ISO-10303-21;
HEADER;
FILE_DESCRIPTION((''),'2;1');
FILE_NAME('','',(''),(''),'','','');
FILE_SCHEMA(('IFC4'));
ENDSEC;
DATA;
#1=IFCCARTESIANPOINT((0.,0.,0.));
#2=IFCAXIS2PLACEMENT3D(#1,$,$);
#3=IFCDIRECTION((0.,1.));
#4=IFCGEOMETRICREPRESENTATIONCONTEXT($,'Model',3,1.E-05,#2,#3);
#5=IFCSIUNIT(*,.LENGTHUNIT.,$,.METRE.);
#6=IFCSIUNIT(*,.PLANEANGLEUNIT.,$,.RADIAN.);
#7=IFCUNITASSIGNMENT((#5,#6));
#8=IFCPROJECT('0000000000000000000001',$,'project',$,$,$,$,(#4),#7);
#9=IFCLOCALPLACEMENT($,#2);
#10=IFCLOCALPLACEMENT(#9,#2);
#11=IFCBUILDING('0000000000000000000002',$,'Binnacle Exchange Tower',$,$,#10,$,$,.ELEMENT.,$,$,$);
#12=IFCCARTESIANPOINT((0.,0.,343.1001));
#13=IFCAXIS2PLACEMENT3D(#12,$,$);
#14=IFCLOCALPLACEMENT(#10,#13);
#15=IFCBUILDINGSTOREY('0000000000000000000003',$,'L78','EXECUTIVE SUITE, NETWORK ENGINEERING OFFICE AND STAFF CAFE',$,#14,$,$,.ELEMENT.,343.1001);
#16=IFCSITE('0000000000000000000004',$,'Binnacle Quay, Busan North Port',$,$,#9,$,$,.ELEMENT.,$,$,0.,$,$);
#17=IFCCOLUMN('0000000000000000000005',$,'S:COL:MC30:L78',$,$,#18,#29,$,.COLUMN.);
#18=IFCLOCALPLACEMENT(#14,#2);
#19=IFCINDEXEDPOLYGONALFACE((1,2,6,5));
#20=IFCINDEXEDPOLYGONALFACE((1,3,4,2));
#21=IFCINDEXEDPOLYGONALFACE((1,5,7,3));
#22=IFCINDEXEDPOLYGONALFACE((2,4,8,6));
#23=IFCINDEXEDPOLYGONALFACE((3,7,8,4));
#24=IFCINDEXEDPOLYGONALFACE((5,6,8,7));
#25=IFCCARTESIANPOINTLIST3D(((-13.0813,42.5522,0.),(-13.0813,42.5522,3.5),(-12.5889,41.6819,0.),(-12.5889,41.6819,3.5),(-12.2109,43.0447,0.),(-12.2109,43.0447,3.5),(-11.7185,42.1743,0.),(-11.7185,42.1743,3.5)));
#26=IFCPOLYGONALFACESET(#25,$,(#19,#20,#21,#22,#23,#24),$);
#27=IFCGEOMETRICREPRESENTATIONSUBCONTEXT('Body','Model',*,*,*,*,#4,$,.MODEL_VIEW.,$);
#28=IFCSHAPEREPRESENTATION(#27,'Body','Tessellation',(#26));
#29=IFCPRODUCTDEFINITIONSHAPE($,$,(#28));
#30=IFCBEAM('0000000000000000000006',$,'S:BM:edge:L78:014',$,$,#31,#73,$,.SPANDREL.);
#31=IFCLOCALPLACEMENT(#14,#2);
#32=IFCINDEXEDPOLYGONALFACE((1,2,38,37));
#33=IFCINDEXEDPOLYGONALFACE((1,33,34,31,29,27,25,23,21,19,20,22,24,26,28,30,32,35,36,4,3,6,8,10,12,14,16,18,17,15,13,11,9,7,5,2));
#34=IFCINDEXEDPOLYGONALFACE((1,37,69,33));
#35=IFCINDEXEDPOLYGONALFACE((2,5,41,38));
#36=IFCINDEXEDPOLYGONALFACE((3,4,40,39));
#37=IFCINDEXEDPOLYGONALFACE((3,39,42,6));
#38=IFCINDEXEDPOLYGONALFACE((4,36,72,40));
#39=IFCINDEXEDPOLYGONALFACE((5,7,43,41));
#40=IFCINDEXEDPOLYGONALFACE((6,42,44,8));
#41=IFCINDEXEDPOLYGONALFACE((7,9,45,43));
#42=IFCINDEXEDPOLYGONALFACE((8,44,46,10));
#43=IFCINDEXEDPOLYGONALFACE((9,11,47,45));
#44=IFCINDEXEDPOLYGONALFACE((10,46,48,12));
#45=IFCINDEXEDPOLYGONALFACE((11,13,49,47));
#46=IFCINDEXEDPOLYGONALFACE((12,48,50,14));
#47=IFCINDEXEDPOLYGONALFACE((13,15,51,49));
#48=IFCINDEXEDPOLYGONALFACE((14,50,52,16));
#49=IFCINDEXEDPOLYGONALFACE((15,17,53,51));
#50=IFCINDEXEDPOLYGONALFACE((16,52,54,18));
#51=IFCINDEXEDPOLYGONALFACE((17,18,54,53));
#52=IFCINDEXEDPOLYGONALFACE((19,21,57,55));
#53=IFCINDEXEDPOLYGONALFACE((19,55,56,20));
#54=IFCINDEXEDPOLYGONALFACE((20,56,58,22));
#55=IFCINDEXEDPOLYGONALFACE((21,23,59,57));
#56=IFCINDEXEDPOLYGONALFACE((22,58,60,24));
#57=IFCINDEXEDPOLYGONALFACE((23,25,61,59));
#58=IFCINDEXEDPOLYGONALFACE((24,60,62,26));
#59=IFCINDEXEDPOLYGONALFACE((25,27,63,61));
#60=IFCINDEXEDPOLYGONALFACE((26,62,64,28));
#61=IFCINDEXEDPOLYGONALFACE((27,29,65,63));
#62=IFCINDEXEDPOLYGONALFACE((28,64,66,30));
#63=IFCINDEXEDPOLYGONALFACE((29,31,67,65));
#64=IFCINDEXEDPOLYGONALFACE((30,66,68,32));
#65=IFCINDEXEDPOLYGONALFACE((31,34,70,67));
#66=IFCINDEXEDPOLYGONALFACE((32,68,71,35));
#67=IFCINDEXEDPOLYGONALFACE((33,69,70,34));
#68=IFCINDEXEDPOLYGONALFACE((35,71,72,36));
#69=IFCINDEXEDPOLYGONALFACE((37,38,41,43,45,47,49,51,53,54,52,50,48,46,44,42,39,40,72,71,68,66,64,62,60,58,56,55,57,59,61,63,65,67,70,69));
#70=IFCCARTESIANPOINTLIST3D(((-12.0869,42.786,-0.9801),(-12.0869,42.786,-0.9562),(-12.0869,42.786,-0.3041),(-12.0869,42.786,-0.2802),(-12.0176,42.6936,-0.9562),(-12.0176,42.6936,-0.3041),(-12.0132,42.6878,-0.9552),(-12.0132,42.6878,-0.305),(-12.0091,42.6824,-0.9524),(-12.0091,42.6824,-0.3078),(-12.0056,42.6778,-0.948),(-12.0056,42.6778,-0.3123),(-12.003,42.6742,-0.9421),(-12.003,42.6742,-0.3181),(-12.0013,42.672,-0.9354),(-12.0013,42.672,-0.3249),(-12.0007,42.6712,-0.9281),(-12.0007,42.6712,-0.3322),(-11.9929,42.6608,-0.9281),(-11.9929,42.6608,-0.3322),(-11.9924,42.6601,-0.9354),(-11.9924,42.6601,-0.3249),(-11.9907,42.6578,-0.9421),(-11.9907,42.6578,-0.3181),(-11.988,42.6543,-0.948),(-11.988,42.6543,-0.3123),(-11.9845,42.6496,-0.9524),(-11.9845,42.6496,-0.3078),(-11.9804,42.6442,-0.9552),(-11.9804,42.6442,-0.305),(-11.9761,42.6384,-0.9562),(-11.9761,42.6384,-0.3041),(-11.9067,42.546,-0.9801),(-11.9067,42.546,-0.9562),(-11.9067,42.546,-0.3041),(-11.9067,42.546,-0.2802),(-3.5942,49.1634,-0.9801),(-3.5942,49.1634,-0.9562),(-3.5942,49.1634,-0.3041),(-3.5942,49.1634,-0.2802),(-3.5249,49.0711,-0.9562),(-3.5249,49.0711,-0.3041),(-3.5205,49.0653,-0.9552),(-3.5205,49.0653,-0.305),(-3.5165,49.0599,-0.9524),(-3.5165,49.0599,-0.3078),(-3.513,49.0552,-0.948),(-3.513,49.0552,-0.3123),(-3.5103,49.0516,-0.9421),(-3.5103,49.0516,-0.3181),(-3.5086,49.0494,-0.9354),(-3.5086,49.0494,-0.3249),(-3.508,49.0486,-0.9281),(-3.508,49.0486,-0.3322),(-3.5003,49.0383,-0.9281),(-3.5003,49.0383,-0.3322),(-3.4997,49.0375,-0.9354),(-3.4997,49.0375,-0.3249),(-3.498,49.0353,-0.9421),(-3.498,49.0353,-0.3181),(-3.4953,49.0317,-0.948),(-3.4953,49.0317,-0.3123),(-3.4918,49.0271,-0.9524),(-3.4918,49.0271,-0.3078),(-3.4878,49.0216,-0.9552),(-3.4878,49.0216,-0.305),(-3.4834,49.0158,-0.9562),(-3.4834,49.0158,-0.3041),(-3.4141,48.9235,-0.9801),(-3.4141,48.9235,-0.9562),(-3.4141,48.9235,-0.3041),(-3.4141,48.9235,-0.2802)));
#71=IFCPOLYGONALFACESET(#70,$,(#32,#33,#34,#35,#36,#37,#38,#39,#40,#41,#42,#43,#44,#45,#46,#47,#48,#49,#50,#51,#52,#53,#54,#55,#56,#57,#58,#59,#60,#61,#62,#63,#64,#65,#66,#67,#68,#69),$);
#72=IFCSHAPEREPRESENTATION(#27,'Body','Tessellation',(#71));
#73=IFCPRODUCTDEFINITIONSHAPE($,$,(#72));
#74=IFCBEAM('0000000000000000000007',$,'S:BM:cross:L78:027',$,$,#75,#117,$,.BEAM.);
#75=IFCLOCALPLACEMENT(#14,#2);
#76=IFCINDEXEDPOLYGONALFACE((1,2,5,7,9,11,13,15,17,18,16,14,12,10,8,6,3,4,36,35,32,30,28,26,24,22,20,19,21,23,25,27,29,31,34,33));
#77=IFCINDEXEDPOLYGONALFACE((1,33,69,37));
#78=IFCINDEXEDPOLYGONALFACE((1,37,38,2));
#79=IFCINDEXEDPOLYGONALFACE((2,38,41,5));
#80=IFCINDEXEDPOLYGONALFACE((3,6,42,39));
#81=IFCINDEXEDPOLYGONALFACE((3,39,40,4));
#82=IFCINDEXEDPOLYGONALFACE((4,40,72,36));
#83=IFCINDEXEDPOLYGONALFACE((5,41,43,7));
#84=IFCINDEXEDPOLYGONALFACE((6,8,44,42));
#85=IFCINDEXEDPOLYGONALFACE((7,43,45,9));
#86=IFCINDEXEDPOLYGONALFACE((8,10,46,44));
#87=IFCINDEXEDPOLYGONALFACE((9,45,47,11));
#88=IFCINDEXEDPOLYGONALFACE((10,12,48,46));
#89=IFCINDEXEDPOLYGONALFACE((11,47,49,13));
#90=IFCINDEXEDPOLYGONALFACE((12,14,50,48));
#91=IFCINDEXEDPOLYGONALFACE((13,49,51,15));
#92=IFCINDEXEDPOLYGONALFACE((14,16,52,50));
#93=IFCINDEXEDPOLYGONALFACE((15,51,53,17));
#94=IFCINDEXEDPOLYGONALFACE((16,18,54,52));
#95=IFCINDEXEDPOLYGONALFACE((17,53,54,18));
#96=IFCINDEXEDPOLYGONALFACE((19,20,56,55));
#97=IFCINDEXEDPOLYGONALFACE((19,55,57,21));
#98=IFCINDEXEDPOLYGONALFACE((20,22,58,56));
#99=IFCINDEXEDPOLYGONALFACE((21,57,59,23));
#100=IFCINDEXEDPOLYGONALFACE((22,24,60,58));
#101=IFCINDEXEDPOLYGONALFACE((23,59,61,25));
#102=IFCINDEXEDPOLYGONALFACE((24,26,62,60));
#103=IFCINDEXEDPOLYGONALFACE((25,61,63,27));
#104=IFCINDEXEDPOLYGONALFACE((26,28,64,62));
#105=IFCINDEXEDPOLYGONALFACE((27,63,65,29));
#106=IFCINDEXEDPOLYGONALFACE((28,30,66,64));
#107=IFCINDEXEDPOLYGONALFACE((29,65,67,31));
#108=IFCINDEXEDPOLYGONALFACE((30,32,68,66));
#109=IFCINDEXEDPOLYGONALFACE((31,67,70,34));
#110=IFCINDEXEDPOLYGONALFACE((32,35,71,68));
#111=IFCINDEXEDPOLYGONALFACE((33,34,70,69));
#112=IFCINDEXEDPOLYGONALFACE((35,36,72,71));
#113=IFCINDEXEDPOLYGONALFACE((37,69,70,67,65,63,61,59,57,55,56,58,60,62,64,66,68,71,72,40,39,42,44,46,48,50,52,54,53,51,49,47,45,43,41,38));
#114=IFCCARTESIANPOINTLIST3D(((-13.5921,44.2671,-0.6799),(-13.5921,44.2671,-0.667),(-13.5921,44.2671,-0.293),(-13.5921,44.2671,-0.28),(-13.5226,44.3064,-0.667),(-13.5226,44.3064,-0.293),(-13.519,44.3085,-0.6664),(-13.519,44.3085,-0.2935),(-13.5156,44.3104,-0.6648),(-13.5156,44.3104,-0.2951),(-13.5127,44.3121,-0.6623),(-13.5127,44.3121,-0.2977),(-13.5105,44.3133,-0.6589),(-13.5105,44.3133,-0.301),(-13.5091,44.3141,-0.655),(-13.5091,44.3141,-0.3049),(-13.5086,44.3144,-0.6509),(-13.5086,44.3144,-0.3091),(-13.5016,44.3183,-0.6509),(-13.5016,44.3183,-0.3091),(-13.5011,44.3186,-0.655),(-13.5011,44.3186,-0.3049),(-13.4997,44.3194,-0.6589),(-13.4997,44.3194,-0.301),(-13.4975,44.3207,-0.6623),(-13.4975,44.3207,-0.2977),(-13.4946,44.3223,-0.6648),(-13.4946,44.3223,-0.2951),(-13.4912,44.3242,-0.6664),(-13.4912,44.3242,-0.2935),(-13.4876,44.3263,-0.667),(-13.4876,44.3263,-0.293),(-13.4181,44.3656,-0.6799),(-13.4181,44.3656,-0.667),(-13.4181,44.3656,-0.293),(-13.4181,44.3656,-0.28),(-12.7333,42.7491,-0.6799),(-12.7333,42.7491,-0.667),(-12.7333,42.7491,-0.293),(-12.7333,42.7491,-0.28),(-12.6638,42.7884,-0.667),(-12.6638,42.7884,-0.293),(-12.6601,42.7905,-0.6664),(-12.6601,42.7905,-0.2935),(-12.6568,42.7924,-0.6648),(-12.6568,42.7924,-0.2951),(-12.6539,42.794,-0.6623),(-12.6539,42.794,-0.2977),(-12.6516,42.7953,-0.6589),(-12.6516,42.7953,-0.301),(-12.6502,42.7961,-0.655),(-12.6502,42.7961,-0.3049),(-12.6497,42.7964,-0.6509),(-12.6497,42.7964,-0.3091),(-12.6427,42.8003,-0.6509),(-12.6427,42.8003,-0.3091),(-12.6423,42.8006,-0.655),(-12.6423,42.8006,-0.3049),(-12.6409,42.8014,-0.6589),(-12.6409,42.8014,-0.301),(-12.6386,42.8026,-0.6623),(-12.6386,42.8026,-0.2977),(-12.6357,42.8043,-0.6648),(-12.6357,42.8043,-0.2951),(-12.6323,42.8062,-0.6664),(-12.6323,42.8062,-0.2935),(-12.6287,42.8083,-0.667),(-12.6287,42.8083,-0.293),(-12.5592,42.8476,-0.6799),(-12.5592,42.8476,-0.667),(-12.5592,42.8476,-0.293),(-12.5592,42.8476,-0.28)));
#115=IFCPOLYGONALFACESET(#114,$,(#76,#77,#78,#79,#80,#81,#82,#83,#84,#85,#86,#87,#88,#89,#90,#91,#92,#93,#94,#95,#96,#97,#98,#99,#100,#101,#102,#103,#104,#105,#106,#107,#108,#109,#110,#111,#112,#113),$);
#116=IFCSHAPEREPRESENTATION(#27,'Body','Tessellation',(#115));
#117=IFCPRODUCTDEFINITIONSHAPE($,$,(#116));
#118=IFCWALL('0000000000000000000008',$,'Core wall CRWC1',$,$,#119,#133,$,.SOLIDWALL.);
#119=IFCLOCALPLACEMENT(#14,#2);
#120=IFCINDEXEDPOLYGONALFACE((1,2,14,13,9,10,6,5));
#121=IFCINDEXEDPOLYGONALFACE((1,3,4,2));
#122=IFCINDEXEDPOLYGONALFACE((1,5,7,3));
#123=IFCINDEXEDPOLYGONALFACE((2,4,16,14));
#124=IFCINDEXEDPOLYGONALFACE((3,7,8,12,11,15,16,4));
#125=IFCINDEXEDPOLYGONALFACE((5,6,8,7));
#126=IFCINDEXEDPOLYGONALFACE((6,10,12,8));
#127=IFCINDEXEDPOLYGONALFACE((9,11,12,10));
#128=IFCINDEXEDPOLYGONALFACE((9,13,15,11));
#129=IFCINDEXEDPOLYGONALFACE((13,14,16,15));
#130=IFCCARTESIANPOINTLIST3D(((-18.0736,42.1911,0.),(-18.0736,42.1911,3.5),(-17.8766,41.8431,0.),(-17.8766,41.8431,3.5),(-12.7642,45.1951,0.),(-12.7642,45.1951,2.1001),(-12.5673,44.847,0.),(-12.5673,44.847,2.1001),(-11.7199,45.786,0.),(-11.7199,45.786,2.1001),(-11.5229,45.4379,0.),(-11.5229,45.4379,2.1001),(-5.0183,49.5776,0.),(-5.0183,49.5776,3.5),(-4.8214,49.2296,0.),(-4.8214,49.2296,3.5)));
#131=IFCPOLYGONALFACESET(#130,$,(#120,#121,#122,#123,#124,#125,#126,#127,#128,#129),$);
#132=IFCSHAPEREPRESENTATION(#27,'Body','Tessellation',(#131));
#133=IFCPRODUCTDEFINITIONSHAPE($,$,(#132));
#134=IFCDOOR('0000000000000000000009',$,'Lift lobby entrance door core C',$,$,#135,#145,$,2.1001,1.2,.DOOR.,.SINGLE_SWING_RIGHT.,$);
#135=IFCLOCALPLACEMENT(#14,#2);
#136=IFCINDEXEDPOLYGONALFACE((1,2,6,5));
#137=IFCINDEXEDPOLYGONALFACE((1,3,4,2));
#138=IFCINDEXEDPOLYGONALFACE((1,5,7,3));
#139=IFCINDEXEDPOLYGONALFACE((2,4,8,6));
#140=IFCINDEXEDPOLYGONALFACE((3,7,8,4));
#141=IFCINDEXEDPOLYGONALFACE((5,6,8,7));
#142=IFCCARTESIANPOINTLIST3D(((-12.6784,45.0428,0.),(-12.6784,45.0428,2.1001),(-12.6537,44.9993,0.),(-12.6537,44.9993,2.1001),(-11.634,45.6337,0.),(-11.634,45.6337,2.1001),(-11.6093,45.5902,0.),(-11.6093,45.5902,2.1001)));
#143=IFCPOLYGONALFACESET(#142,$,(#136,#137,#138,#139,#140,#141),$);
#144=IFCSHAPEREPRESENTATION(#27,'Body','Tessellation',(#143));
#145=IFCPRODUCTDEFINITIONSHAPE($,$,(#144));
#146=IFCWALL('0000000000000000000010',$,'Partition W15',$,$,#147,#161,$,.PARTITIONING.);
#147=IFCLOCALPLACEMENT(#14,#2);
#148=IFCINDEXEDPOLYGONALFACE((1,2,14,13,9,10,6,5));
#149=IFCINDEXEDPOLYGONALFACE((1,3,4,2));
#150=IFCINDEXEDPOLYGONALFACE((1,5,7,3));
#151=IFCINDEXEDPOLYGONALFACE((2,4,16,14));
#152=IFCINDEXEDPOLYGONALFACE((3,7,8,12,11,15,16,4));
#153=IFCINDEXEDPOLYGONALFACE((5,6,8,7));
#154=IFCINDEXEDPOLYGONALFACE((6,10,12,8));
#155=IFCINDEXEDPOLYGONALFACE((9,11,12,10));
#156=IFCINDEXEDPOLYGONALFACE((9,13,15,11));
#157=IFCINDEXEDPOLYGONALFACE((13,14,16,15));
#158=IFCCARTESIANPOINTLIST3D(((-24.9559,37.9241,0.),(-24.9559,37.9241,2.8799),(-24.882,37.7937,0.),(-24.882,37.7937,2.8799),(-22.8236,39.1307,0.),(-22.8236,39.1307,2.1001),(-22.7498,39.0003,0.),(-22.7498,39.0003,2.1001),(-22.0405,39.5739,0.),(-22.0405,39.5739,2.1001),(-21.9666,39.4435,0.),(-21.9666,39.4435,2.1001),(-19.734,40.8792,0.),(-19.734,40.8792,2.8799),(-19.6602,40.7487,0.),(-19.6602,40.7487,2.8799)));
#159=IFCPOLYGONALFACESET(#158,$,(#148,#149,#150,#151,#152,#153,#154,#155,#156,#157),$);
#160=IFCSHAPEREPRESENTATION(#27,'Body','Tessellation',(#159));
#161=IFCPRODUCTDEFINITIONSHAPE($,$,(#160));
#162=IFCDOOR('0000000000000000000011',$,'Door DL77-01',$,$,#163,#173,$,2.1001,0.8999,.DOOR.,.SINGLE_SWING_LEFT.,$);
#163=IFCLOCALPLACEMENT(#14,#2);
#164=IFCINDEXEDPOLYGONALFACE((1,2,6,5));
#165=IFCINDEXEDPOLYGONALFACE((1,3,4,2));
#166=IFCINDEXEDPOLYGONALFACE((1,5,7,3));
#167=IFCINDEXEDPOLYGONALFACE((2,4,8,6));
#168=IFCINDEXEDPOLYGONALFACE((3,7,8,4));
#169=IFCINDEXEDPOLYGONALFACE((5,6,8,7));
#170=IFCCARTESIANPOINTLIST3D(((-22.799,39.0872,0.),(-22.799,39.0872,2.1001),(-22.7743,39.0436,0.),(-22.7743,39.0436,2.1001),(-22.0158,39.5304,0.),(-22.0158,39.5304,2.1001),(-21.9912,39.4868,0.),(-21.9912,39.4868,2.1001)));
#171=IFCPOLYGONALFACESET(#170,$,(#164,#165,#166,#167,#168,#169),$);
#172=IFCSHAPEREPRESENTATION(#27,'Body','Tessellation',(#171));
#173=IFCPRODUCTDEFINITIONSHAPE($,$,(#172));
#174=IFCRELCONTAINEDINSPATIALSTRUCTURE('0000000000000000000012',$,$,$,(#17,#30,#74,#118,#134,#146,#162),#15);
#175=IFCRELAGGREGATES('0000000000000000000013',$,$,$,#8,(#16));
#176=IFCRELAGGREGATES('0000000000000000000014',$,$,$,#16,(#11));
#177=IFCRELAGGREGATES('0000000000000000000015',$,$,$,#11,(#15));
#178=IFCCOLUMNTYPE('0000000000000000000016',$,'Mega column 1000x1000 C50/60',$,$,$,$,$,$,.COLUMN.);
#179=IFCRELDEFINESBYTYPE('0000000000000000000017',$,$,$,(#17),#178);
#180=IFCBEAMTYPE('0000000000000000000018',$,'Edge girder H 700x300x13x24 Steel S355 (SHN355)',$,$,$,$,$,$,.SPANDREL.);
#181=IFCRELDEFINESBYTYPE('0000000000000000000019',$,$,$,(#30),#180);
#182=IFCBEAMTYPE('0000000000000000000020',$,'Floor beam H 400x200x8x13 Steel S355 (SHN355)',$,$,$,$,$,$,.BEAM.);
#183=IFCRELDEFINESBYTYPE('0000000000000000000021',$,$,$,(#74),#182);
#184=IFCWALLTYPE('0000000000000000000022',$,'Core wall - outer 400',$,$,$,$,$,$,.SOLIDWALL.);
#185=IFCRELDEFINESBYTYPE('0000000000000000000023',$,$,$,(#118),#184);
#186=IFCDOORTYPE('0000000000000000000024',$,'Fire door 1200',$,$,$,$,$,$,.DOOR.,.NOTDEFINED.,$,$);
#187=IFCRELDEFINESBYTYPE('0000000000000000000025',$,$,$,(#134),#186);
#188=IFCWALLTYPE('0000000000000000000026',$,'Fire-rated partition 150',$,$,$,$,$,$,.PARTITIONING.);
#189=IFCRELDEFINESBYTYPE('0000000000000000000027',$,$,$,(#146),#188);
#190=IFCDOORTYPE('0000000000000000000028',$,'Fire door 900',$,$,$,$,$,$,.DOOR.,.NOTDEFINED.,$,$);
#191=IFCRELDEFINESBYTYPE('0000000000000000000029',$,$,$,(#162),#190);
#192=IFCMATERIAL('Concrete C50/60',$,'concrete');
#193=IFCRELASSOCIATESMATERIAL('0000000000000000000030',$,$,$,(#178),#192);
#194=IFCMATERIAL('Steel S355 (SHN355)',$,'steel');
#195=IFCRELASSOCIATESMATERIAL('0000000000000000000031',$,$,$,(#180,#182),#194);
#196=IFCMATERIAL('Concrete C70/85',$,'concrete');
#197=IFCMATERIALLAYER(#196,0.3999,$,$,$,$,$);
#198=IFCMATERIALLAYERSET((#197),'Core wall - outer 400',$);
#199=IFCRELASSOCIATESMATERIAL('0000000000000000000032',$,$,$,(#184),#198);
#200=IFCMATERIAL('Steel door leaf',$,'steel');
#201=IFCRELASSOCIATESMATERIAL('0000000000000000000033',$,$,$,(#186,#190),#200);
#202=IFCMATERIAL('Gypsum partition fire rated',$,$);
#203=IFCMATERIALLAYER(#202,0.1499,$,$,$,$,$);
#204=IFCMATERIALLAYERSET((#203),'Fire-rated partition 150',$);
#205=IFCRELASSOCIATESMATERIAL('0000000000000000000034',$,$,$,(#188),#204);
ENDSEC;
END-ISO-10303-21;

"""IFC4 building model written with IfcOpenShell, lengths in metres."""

from ifc_helpers import new_model, si_unit, direction, frame, frame_2d, origin, origin_2d, place, context, subcontext, project, spatial, rectangle, i_section, extrude, material, layer, layer_set, material_profile, profile_set, type_object, element, fill, save


model = new_model("IFC4")

# Units and contexts
model_context = context("Model", 3, precision=1e-05, world=origin(), true_north=direction((0.0, 1.0)))
body_context = subcontext(model_context, "Body", "Model", "MODEL_VIEW")
ifc_project = project(units=[si_unit("LENGTHUNIT", "METRE"), si_unit("PLANEANGLEUNIT", "RADIAN")], contexts=[model_context])

# Site, building, storey
site_placement = place(None, origin())
site = spatial("IfcSite", under=ifc_project, at=site_placement, Name="Binnacle Quay, Busan North Port", CompositionType="ELEMENT", RefElevation=0.0)
building_placement = place(site_placement, origin())
building = spatial("IfcBuilding", under=site, at=building_placement, Name="Binnacle Exchange Tower", CompositionType="ELEMENT")
storey_placement = place(building_placement, frame((0.0, 0.0, 343.1001)))
storey = spatial("IfcBuildingStorey", under=building, at=storey_placement, Name="L78", Description="EXECUTIVE SUITE, NETWORK ENGINEERING OFFICE AND STAFF CAFE", CompositionType="ELEMENT", Elevation=343.1001)

# Column
ifc_material_1 = material(Name="Concrete C50/60", Category="concrete")
ifc_material_profile_1 = material_profile(ifc_material_1, rectangle(XDim=1.0, YDim=1.0, at=origin_2d()), Name="Mega column 1000x1000 C50/60")
ifc_profile_set_1 = profile_set([ifc_material_profile_1], Name="Concrete C50/60")
column_type = type_object("IfcColumnType", Name="Mega column 1000x1000 C50/60", PredefinedType="COLUMN", material=ifc_profile_set_1)
column_placement = place(storey_placement, frame((-12.3999, 42.3633, 0.0), z_axis=(0.0, 0.0, 1.0), x_axis=(0.870356, 0.492424, 0.0)))
element("IfcColumn", 1, at=column_placement, inside=storey, type_object=column_type, Name="S:COL:MC30:L78", PredefinedType="COLUMN", context=body_context, shape_type="SweptSolid", body=[
    extrude(rectangle(XDim=1.0, YDim=1.0, at=origin_2d()), origin(), (0.0, 0.0, 1.0), 3.5),
])

# Beams
ifc_material_2 = material(Name="Steel S355 (SHN355)", Category="steel")
ifc_material_profile_2 = material_profile(ifc_material_2, i_section(OverallWidth=0.3, OverallDepth=0.7, WebThickness=0.0129, FlangeThickness=0.0239, FilletRadius=0.0281, at=origin_2d()), Name="H 700x300x13x24")
ifc_profile_set_2 = profile_set([ifc_material_profile_2], Name="Steel S355 (SHN355)")
beam_type_1 = type_object("IfcBeamType", Name="Edge girder H 700x300x13x24 Steel S355 (SHN355)", PredefinedType="SPANDREL", material=ifc_profile_set_2)
beam_1_placement = place(storey_placement, frame((-11.9968, 42.666, -0.6301), z_axis=(0.799641, 0.600478, 0.0), x_axis=(-0.600478, 0.799641, 0.0)))
element("IfcBeam", 2, at=beam_1_placement, inside=storey, type_object=beam_type_1, Name="S:BM:edge:L78:014", PredefinedType="SPANDREL", context=body_context, shape_type="SweptSolid", body=[
    extrude(i_section(OverallWidth=0.3, OverallDepth=0.7, WebThickness=0.0129, FlangeThickness=0.0239, FilletRadius=0.0281, at=origin_2d()), origin(), (0.0, 0.0, 1.0), 10.6206),
])
ifc_material_profile_3 = material_profile(ifc_material_2, i_section(OverallWidth=0.2, OverallDepth=0.3999, WebThickness=0.0081, FlangeThickness=0.0129, FilletRadius=0.0161, at=origin_2d()), Name="H 400x200x8x13")
ifc_profile_set_3 = profile_set([ifc_material_profile_3], Name="Steel S355 (SHN355)")
beam_type_2 = type_object("IfcBeamType", Name="Floor beam H 400x200x8x13 Steel S355 (SHN355)", PredefinedType="BEAM", material=ifc_profile_set_3)
beam_2_placement = place(storey_placement, frame((-12.6462, 42.7983, -0.48), z_axis=(-0.492426, 0.870354, 0.0), x_axis=(-0.870354, -0.492426, 0.0)))
element("IfcBeam", 3, at=beam_2_placement, inside=storey, type_object=beam_type_2, Name="S:BM:cross:L78:027", PredefinedType="BEAM", context=body_context, shape_type="SweptSolid", body=[
    extrude(i_section(OverallWidth=0.2, OverallDepth=0.3999, WebThickness=0.0081, FlangeThickness=0.0129, FilletRadius=0.0161, at=origin_2d()), origin(), (0.0, 0.0, 1.0), 1.7441),
])

# Walls, openings, doors
ifc_material_3 = material(Name="Concrete C70/85", Category="concrete")
ifc_layer_1 = layer(ifc_material_3, 0.3999)
ifc_layer_set_1 = layer_set([ifc_layer_1], Name="Core wall - outer 400")
wall_type_1 = type_object("IfcWallType", Name="Core wall - outer 400", PredefinedType="SOLIDWALL", material=ifc_layer_set_1)
wall_1_placement = place(storey_placement, frame((-17.9751, 42.0171, 0.0), z_axis=(0.0, 0.0, 1.0), x_axis=(0.87035, 0.492434, 0.0)))
wall_1 = element("IfcWall", 4, at=wall_1_placement, inside=storey, type_object=wall_type_1, Name="Core wall CRWC1", PredefinedType="SOLIDWALL", context=body_context, shape_type="SweptSolid", body=[
    extrude(rectangle(XDim=15.0, YDim=0.3999, at=frame_2d((7.5, 0.0))), origin(), (0.0, 0.0, 1.0), 3.5),
])
opening_1_placement = place(wall_1_placement, frame((6.1001, 0.0, 0.0)))
opening_1 = element("IfcOpeningElement", 5, at=opening_1_placement, cuts=wall_1, PredefinedType="OPENING", context=body_context, shape_type="SweptSolid", body=[
    extrude(rectangle(XDim=1.2, YDim=2.1001, at=frame_2d((0.6001, 1.05))), frame((0.0, 0.21, 0.0), z_axis=(0.0, -1.0, 0.0), x_axis=(1.0, 0.0, 0.0)), (0.0, 0.0, 1.0), 0.4199),
])
ifc_material_4 = material(Name="Steel door leaf", Category="steel")
door_type_1 = type_object("IfcDoorType", Name="Fire door 1200", OperationType="NOTDEFINED", PredefinedType="DOOR", material=ifc_material_4)
door_1_placement = place(opening_1_placement, frame((1.2, 0.0, 0.0), z_axis=(0.0, 0.0, 1.0), x_axis=(-1.0, 0.0, 0.0)))
door_1 = element("IfcDoor", 6, at=door_1_placement, inside=storey, type_object=door_type_1, Name="Lift lobby entrance door core C", OperationType="SINGLE_SWING_RIGHT", OverallHeight=2.1001, OverallWidth=1.2, PredefinedType="DOOR", context=body_context, shape_type="SweptSolid", body=[
    extrude(rectangle(XDim=1.2, YDim=2.1001, at=frame_2d((0.6001, 1.05))), frame((0.0, 0.0249, 0.0), z_axis=(0.0, -1.0, 0.0), x_axis=(1.0, 0.0, 0.0)), (0.0, 0.0, 1.0), 0.05),
])
fill(opening_1, door_1)
ifc_material_5 = material(Name="Gypsum partition fire rated")
ifc_layer_2 = layer(ifc_material_5, 0.1499)
ifc_layer_set_2 = layer_set([ifc_layer_2], Name="Fire-rated partition 150")
wall_type_2 = type_object("IfcWallType", Name="Fire-rated partition 150", PredefinedType="PARTITIONING", material=ifc_layer_set_2)
wall_2_placement = place(storey_placement, frame((-24.9189, 37.8589, 0.0), z_axis=(0.0, 0.0, 1.0), x_axis=(0.870309, 0.492506, 0.0)))
wall_2 = element("IfcWall", 7, at=wall_2_placement, inside=storey, type_object=wall_type_2, Name="Partition W15", PredefinedType="PARTITIONING", context=body_context, shape_type="SweptSolid", body=[
    extrude(rectangle(XDim=6.0, YDim=0.1499, at=frame_2d((3.0, 0.0))), origin(), (0.0, 0.0, 1.0), 2.8799),
])
opening_2_placement = place(wall_2_placement, frame((2.45, 0.0, 0.0)))
opening_2 = element("IfcOpeningElement", 8, at=opening_2_placement, cuts=wall_2, PredefinedType="OPENING", context=body_context, shape_type="SweptSolid", body=[
    extrude(rectangle(XDim=0.8999, YDim=2.1001, at=frame_2d((0.45, 1.05))), frame((0.0, 0.085, 0.0), z_axis=(0.0, -1.0, 0.0), x_axis=(1.0, 0.0, 0.0)), (0.0, 0.0, 1.0), 0.1699),
])
door_type_2 = type_object("IfcDoorType", Name="Fire door 900", OperationType="NOTDEFINED", PredefinedType="DOOR", material=ifc_material_4)
door_2_placement = place(opening_2_placement, origin())
door_2 = element("IfcDoor", 9, at=door_2_placement, inside=storey, type_object=door_type_2, Name="Door DL77-01", OperationType="SINGLE_SWING_LEFT", OverallHeight=2.1001, OverallWidth=0.8999, PredefinedType="DOOR", context=body_context, shape_type="SweptSolid", body=[
    extrude(rectangle(XDim=0.8999, YDim=2.1001, at=frame_2d((0.45, 1.05))), frame((0.0, 0.0249, 0.0), z_axis=(0.0, -1.0, 0.0), x_axis=(1.0, 0.0, 0.0)), (0.0, 0.0, 1.0), 0.05),
])
fill(opening_2, door_2)

save(model, "model.ifc")
